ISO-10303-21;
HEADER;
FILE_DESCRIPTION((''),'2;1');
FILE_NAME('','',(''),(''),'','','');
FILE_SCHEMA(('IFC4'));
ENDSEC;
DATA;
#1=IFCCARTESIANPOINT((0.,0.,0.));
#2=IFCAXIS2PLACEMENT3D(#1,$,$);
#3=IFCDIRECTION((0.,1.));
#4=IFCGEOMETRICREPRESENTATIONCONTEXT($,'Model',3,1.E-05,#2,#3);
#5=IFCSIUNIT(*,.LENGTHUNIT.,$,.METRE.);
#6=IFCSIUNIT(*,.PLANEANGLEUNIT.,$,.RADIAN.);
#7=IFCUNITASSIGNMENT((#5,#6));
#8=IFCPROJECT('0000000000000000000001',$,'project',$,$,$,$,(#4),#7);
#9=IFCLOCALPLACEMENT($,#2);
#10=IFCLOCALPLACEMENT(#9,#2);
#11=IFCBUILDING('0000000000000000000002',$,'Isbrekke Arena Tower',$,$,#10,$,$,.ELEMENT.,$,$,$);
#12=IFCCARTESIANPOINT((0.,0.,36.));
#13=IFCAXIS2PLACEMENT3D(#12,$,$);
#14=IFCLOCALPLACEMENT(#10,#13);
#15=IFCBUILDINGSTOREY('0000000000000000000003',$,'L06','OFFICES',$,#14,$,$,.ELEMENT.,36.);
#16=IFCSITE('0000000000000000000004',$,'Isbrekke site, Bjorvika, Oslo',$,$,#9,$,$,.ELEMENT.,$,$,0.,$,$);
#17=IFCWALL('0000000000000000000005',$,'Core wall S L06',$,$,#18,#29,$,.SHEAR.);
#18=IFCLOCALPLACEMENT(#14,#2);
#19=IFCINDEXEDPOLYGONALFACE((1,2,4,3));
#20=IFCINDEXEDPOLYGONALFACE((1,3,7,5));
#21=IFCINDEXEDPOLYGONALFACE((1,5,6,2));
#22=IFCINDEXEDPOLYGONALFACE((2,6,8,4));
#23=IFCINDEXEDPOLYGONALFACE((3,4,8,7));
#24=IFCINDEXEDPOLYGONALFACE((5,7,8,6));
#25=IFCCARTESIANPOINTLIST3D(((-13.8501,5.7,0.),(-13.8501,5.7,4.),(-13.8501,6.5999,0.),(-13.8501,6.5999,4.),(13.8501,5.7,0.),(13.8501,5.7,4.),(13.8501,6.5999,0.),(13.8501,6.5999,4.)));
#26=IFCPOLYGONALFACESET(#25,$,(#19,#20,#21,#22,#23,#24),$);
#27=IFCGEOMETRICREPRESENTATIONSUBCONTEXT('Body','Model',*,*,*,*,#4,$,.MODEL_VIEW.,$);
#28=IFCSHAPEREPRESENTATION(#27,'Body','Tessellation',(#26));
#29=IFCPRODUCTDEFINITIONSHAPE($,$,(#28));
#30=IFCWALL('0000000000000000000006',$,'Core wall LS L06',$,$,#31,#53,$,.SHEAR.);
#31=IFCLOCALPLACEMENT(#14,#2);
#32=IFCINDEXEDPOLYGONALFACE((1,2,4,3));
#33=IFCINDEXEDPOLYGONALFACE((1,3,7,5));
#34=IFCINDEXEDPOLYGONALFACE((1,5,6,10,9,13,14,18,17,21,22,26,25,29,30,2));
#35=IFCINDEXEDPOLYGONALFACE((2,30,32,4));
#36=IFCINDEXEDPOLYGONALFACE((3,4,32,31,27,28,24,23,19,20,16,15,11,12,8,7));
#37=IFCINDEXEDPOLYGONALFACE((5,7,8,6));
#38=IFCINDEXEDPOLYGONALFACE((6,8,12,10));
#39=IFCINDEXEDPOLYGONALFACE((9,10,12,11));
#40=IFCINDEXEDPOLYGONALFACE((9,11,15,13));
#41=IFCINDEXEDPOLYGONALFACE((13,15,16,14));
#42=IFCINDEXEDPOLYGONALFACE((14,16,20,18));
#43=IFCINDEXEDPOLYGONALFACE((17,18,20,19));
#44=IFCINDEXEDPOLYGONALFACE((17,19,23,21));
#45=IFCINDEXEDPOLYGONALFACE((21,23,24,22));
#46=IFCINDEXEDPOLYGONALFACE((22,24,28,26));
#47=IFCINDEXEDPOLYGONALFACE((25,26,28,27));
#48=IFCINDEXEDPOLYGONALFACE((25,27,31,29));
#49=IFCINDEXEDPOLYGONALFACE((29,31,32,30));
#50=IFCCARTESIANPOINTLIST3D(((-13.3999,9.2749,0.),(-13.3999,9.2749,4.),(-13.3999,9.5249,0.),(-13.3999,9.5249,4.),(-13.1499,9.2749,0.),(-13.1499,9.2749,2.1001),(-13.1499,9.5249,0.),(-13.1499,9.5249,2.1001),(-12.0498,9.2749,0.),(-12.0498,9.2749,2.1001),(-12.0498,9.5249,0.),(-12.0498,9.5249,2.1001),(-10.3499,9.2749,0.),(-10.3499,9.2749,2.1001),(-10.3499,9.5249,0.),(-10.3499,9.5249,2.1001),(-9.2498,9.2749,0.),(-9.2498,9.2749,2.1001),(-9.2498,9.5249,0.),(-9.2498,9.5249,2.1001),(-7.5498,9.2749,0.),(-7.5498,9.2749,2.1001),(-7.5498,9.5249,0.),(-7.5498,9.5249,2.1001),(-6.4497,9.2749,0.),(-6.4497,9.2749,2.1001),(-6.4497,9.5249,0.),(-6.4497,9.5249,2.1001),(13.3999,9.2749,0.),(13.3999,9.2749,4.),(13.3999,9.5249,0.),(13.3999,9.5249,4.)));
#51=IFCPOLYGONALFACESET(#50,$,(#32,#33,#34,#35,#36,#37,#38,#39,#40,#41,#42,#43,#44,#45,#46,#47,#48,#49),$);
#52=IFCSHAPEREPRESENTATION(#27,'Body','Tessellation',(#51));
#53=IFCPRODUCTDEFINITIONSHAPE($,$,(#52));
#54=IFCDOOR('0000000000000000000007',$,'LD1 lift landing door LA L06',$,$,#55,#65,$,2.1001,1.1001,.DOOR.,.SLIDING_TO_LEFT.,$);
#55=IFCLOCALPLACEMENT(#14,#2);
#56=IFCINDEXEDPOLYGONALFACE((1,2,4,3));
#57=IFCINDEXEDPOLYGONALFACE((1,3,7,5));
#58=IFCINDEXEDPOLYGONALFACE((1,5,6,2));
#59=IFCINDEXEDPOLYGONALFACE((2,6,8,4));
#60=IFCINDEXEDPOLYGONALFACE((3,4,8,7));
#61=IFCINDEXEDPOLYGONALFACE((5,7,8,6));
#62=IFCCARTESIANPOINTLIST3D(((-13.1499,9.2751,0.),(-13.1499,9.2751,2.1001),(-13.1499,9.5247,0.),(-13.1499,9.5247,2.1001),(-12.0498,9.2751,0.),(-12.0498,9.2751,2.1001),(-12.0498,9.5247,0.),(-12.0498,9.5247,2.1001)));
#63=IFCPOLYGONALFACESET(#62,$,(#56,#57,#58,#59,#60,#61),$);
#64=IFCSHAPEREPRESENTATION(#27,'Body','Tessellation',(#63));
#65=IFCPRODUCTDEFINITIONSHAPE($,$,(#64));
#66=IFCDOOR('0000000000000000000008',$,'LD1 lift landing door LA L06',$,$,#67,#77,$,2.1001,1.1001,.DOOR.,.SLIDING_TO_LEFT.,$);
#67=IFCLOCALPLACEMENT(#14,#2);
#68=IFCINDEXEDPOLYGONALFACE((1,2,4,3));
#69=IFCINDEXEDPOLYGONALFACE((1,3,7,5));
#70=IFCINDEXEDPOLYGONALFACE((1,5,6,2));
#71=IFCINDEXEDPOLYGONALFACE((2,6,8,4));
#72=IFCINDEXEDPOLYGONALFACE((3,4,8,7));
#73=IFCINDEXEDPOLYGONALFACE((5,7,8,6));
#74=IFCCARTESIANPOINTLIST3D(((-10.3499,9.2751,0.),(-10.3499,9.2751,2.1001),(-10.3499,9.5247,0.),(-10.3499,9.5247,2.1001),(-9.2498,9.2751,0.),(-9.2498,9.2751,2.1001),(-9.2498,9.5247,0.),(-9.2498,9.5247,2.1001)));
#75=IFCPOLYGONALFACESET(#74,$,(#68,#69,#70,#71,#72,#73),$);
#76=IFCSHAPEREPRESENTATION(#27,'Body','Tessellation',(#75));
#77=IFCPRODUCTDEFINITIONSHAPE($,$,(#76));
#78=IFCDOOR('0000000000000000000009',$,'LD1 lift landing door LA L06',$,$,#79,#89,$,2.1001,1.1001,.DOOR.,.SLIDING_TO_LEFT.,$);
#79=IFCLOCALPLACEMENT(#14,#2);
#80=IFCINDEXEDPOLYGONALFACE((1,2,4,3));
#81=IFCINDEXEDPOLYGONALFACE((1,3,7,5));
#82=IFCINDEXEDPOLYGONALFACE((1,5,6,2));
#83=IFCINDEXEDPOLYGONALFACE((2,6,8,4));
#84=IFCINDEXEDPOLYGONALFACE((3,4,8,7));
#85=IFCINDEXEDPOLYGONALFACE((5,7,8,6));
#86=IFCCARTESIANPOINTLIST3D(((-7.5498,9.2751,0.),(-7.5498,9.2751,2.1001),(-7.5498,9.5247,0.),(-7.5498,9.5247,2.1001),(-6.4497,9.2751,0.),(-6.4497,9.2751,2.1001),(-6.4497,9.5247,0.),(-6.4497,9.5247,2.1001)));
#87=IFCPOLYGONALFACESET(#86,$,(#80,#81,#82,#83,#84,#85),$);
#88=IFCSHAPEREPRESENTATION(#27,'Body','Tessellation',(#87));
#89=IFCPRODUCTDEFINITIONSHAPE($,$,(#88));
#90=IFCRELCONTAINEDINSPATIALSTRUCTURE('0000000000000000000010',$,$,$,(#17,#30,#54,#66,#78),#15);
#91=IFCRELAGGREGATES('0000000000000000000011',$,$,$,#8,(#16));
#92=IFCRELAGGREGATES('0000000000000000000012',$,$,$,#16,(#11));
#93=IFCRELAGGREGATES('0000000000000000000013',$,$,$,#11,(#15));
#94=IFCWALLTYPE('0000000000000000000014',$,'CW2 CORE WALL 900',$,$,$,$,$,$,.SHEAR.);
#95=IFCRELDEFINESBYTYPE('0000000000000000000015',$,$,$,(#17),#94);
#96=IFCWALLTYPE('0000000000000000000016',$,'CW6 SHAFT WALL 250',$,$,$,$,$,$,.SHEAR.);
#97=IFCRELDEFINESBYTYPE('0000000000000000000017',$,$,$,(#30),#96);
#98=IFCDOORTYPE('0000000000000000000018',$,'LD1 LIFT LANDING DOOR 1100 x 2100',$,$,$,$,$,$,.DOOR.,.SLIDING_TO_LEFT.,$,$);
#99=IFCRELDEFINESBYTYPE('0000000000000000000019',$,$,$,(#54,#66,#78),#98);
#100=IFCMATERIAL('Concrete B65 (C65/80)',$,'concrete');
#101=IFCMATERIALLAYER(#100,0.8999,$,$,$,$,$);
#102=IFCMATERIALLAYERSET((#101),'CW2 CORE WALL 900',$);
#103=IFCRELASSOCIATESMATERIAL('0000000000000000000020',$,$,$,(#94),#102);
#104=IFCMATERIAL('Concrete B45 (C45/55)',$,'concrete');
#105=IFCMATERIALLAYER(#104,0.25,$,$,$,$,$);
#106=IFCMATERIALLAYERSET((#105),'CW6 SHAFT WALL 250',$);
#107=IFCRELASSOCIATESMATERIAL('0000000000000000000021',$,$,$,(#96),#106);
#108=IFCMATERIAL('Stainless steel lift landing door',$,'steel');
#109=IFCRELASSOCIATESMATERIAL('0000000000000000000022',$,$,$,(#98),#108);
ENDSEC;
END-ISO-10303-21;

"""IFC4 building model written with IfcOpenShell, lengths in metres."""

from ifc_helpers import new_model, si_unit, direction, frame, frame_2d, origin, place, context, subcontext, project, spatial, rectangle, extrude, material, layer, layer_set, type_object, element, fill, save


model = new_model("IFC4")

# Units and contexts
model_context = context("Model", 3, precision=1e-05, world=origin(), true_north=direction((0.0, 1.0)))
body_context = subcontext(model_context, "Body", "Model", "MODEL_VIEW")
ifc_project = project(units=[si_unit("LENGTHUNIT", "METRE"), si_unit("PLANEANGLEUNIT", "RADIAN")], contexts=[model_context])

# Site, building, storey
site_placement = place(None, origin())
site = spatial("IfcSite", under=ifc_project, at=site_placement, Name="Isbrekke site, Bjorvika, Oslo", CompositionType="ELEMENT", RefElevation=0.0)
building_placement = place(site_placement, origin())
building = spatial("IfcBuilding", under=site, at=building_placement, Name="Isbrekke Arena Tower", CompositionType="ELEMENT")
storey_placement = place(building_placement, frame((0.0, 0.0, 36.0)))
storey = spatial("IfcBuildingStorey", under=building, at=storey_placement, Name="L06", Description="OFFICES", CompositionType="ELEMENT", Elevation=36.0)

# Wall
ifc_material_1 = material(Name="Concrete B65 (C65/80)", Category="concrete")
ifc_layer_1 = layer(ifc_material_1, 0.8999)
ifc_layer_set_1 = layer_set([ifc_layer_1], Name="CW2 CORE WALL 900")
wall_type_1 = type_object("IfcWallType", Name="CW2 CORE WALL 900", PredefinedType="SHEAR", material=ifc_layer_set_1)
wall_1_placement = place(storey_placement, frame((-13.8501, 6.1499, 0.0), z_axis=(0.0, 0.0, 1.0), x_axis=(1.0, 0.0, 0.0)))
element("IfcWall", 1, at=wall_1_placement, inside=storey, type_object=wall_type_1, Name="Core wall S L06", PredefinedType="SHEAR", context=body_context, shape_type="SweptSolid", body=[
    extrude(rectangle(XDim=27.7002, YDim=0.8999, at=frame_2d((13.8501, 0.0))), origin(), (0.0, 0.0, 1.0), 4.0),
])

# Wall, openings, doors
ifc_material_2 = material(Name="Concrete B45 (C45/55)", Category="concrete")
ifc_layer_2 = layer(ifc_material_2, 0.25)
ifc_layer_set_2 = layer_set([ifc_layer_2], Name="CW6 SHAFT WALL 250")
wall_type_2 = type_object("IfcWallType", Name="CW6 SHAFT WALL 250", PredefinedType="SHEAR", material=ifc_layer_set_2)
wall_2_placement = place(storey_placement, frame((-13.3999, 9.3999, 0.0), z_axis=(0.0, 0.0, 1.0), x_axis=(1.0, 0.0, 0.0)))
wall_2 = element("IfcWall", 2, at=wall_2_placement, inside=storey, type_object=wall_type_2, Name="Core wall LS L06", PredefinedType="SHEAR", context=body_context, shape_type="SweptSolid", body=[
    extrude(rectangle(XDim=26.7998, YDim=0.25, at=frame_2d((13.3999, 0.0))), origin(), (0.0, 0.0, 1.0), 4.0),
])
opening_1_placement = place(wall_2_placement, frame((0.25, 0.0, 0.0)))
opening_1 = element("IfcOpeningElement", 3, at=opening_1_placement, cuts=wall_2, PredefinedType="OPENING", context=body_context, shape_type="SweptSolid", body=[
    extrude(rectangle(XDim=1.1001, YDim=2.1001, at=frame_2d((0.55, 1.05))), frame((0.0, 0.1399, 0.0), z_axis=(0.0, -1.0, 0.0), x_axis=(1.0, 0.0, 0.0)), (0.0, 0.0, 1.0), 0.2798),
])
opening_2_placement = place(wall_2_placement, frame((3.05, 0.0, 0.0)))
opening_2 = element("IfcOpeningElement", 4, at=opening_2_placement, cuts=wall_2, PredefinedType="OPENING", context=body_context, shape_type="SweptSolid", body=[
    extrude(rectangle(XDim=1.1001, YDim=2.1001, at=frame_2d((0.55, 1.05))), frame((0.0, 0.1399, 0.0), z_axis=(0.0, -1.0, 0.0), x_axis=(1.0, 0.0, 0.0)), (0.0, 0.0, 1.0), 0.2798),
])
opening_3_placement = place(wall_2_placement, frame((5.8501, 0.0, 0.0)))
opening_3 = element("IfcOpeningElement", 5, at=opening_3_placement, cuts=wall_2, PredefinedType="OPENING", context=body_context, shape_type="SweptSolid", body=[
    extrude(rectangle(XDim=1.1001, YDim=2.1001, at=frame_2d((0.55, 1.05))), frame((0.0, 0.1399, 0.0), z_axis=(0.0, -1.0, 0.0), x_axis=(1.0, 0.0, 0.0)), (0.0, 0.0, 1.0), 0.2798),
])
ifc_material_3 = material(Name="Stainless steel lift landing door", Category="steel")
door_type_1 = type_object("IfcDoorType", Name="LD1 LIFT LANDING DOOR 1100 x 2100", OperationType="SLIDING_TO_LEFT", PredefinedType="DOOR", material=ifc_material_3)
door_1_placement = place(opening_1_placement, origin())
door_1 = element("IfcDoor", 6, at=door_1_placement, inside=storey, type_object=door_type_1, Name="LD1 lift landing door LA L06", OperationType="SLIDING_TO_LEFT", OverallHeight=2.1001, OverallWidth=1.1001, PredefinedType="DOOR", context=body_context, shape_type="SweptSolid", body=[
    extrude(rectangle(XDim=1.1001, YDim=2.1001, at=frame_2d((0.55, 1.05))), frame((0.0, 0.1248, 0.0), z_axis=(0.0, -1.0, 0.0), x_axis=(1.0, 0.0, 0.0)), (0.0, 0.0, 1.0), 0.2495),
])
fill(opening_1, door_1)
door_2_placement = place(opening_2_placement, origin())
door_2 = element("IfcDoor", 7, at=door_2_placement, inside=storey, type_object=door_type_1, Name="LD1 lift landing door LA L06", OperationType="SLIDING_TO_LEFT", OverallHeight=2.1001, OverallWidth=1.1001, PredefinedType="DOOR", context=body_context, shape_type="SweptSolid", body=[
    extrude(rectangle(XDim=1.1001, YDim=2.1001, at=frame_2d((0.55, 1.05))), frame((0.0, 0.1248, 0.0), z_axis=(0.0, -1.0, 0.0), x_axis=(1.0, 0.0, 0.0)), (0.0, 0.0, 1.0), 0.2495),
])
fill(opening_2, door_2)
door_3_placement = place(opening_3_placement, origin())
door_3 = element("IfcDoor", 8, at=door_3_placement, inside=storey, type_object=door_type_1, Name="LD1 lift landing door LA L06", OperationType="SLIDING_TO_LEFT", OverallHeight=2.1001, OverallWidth=1.1001, PredefinedType="DOOR", context=body_context, shape_type="SweptSolid", body=[
    extrude(rectangle(XDim=1.1001, YDim=2.1001, at=frame_2d((0.55, 1.05))), frame((0.0, 0.1248, 0.0), z_axis=(0.0, -1.0, 0.0), x_axis=(1.0, 0.0, 0.0)), (0.0, 0.0, 1.0), 0.2495),
])
fill(opening_3, door_3)

save(model, "model.ifc")
